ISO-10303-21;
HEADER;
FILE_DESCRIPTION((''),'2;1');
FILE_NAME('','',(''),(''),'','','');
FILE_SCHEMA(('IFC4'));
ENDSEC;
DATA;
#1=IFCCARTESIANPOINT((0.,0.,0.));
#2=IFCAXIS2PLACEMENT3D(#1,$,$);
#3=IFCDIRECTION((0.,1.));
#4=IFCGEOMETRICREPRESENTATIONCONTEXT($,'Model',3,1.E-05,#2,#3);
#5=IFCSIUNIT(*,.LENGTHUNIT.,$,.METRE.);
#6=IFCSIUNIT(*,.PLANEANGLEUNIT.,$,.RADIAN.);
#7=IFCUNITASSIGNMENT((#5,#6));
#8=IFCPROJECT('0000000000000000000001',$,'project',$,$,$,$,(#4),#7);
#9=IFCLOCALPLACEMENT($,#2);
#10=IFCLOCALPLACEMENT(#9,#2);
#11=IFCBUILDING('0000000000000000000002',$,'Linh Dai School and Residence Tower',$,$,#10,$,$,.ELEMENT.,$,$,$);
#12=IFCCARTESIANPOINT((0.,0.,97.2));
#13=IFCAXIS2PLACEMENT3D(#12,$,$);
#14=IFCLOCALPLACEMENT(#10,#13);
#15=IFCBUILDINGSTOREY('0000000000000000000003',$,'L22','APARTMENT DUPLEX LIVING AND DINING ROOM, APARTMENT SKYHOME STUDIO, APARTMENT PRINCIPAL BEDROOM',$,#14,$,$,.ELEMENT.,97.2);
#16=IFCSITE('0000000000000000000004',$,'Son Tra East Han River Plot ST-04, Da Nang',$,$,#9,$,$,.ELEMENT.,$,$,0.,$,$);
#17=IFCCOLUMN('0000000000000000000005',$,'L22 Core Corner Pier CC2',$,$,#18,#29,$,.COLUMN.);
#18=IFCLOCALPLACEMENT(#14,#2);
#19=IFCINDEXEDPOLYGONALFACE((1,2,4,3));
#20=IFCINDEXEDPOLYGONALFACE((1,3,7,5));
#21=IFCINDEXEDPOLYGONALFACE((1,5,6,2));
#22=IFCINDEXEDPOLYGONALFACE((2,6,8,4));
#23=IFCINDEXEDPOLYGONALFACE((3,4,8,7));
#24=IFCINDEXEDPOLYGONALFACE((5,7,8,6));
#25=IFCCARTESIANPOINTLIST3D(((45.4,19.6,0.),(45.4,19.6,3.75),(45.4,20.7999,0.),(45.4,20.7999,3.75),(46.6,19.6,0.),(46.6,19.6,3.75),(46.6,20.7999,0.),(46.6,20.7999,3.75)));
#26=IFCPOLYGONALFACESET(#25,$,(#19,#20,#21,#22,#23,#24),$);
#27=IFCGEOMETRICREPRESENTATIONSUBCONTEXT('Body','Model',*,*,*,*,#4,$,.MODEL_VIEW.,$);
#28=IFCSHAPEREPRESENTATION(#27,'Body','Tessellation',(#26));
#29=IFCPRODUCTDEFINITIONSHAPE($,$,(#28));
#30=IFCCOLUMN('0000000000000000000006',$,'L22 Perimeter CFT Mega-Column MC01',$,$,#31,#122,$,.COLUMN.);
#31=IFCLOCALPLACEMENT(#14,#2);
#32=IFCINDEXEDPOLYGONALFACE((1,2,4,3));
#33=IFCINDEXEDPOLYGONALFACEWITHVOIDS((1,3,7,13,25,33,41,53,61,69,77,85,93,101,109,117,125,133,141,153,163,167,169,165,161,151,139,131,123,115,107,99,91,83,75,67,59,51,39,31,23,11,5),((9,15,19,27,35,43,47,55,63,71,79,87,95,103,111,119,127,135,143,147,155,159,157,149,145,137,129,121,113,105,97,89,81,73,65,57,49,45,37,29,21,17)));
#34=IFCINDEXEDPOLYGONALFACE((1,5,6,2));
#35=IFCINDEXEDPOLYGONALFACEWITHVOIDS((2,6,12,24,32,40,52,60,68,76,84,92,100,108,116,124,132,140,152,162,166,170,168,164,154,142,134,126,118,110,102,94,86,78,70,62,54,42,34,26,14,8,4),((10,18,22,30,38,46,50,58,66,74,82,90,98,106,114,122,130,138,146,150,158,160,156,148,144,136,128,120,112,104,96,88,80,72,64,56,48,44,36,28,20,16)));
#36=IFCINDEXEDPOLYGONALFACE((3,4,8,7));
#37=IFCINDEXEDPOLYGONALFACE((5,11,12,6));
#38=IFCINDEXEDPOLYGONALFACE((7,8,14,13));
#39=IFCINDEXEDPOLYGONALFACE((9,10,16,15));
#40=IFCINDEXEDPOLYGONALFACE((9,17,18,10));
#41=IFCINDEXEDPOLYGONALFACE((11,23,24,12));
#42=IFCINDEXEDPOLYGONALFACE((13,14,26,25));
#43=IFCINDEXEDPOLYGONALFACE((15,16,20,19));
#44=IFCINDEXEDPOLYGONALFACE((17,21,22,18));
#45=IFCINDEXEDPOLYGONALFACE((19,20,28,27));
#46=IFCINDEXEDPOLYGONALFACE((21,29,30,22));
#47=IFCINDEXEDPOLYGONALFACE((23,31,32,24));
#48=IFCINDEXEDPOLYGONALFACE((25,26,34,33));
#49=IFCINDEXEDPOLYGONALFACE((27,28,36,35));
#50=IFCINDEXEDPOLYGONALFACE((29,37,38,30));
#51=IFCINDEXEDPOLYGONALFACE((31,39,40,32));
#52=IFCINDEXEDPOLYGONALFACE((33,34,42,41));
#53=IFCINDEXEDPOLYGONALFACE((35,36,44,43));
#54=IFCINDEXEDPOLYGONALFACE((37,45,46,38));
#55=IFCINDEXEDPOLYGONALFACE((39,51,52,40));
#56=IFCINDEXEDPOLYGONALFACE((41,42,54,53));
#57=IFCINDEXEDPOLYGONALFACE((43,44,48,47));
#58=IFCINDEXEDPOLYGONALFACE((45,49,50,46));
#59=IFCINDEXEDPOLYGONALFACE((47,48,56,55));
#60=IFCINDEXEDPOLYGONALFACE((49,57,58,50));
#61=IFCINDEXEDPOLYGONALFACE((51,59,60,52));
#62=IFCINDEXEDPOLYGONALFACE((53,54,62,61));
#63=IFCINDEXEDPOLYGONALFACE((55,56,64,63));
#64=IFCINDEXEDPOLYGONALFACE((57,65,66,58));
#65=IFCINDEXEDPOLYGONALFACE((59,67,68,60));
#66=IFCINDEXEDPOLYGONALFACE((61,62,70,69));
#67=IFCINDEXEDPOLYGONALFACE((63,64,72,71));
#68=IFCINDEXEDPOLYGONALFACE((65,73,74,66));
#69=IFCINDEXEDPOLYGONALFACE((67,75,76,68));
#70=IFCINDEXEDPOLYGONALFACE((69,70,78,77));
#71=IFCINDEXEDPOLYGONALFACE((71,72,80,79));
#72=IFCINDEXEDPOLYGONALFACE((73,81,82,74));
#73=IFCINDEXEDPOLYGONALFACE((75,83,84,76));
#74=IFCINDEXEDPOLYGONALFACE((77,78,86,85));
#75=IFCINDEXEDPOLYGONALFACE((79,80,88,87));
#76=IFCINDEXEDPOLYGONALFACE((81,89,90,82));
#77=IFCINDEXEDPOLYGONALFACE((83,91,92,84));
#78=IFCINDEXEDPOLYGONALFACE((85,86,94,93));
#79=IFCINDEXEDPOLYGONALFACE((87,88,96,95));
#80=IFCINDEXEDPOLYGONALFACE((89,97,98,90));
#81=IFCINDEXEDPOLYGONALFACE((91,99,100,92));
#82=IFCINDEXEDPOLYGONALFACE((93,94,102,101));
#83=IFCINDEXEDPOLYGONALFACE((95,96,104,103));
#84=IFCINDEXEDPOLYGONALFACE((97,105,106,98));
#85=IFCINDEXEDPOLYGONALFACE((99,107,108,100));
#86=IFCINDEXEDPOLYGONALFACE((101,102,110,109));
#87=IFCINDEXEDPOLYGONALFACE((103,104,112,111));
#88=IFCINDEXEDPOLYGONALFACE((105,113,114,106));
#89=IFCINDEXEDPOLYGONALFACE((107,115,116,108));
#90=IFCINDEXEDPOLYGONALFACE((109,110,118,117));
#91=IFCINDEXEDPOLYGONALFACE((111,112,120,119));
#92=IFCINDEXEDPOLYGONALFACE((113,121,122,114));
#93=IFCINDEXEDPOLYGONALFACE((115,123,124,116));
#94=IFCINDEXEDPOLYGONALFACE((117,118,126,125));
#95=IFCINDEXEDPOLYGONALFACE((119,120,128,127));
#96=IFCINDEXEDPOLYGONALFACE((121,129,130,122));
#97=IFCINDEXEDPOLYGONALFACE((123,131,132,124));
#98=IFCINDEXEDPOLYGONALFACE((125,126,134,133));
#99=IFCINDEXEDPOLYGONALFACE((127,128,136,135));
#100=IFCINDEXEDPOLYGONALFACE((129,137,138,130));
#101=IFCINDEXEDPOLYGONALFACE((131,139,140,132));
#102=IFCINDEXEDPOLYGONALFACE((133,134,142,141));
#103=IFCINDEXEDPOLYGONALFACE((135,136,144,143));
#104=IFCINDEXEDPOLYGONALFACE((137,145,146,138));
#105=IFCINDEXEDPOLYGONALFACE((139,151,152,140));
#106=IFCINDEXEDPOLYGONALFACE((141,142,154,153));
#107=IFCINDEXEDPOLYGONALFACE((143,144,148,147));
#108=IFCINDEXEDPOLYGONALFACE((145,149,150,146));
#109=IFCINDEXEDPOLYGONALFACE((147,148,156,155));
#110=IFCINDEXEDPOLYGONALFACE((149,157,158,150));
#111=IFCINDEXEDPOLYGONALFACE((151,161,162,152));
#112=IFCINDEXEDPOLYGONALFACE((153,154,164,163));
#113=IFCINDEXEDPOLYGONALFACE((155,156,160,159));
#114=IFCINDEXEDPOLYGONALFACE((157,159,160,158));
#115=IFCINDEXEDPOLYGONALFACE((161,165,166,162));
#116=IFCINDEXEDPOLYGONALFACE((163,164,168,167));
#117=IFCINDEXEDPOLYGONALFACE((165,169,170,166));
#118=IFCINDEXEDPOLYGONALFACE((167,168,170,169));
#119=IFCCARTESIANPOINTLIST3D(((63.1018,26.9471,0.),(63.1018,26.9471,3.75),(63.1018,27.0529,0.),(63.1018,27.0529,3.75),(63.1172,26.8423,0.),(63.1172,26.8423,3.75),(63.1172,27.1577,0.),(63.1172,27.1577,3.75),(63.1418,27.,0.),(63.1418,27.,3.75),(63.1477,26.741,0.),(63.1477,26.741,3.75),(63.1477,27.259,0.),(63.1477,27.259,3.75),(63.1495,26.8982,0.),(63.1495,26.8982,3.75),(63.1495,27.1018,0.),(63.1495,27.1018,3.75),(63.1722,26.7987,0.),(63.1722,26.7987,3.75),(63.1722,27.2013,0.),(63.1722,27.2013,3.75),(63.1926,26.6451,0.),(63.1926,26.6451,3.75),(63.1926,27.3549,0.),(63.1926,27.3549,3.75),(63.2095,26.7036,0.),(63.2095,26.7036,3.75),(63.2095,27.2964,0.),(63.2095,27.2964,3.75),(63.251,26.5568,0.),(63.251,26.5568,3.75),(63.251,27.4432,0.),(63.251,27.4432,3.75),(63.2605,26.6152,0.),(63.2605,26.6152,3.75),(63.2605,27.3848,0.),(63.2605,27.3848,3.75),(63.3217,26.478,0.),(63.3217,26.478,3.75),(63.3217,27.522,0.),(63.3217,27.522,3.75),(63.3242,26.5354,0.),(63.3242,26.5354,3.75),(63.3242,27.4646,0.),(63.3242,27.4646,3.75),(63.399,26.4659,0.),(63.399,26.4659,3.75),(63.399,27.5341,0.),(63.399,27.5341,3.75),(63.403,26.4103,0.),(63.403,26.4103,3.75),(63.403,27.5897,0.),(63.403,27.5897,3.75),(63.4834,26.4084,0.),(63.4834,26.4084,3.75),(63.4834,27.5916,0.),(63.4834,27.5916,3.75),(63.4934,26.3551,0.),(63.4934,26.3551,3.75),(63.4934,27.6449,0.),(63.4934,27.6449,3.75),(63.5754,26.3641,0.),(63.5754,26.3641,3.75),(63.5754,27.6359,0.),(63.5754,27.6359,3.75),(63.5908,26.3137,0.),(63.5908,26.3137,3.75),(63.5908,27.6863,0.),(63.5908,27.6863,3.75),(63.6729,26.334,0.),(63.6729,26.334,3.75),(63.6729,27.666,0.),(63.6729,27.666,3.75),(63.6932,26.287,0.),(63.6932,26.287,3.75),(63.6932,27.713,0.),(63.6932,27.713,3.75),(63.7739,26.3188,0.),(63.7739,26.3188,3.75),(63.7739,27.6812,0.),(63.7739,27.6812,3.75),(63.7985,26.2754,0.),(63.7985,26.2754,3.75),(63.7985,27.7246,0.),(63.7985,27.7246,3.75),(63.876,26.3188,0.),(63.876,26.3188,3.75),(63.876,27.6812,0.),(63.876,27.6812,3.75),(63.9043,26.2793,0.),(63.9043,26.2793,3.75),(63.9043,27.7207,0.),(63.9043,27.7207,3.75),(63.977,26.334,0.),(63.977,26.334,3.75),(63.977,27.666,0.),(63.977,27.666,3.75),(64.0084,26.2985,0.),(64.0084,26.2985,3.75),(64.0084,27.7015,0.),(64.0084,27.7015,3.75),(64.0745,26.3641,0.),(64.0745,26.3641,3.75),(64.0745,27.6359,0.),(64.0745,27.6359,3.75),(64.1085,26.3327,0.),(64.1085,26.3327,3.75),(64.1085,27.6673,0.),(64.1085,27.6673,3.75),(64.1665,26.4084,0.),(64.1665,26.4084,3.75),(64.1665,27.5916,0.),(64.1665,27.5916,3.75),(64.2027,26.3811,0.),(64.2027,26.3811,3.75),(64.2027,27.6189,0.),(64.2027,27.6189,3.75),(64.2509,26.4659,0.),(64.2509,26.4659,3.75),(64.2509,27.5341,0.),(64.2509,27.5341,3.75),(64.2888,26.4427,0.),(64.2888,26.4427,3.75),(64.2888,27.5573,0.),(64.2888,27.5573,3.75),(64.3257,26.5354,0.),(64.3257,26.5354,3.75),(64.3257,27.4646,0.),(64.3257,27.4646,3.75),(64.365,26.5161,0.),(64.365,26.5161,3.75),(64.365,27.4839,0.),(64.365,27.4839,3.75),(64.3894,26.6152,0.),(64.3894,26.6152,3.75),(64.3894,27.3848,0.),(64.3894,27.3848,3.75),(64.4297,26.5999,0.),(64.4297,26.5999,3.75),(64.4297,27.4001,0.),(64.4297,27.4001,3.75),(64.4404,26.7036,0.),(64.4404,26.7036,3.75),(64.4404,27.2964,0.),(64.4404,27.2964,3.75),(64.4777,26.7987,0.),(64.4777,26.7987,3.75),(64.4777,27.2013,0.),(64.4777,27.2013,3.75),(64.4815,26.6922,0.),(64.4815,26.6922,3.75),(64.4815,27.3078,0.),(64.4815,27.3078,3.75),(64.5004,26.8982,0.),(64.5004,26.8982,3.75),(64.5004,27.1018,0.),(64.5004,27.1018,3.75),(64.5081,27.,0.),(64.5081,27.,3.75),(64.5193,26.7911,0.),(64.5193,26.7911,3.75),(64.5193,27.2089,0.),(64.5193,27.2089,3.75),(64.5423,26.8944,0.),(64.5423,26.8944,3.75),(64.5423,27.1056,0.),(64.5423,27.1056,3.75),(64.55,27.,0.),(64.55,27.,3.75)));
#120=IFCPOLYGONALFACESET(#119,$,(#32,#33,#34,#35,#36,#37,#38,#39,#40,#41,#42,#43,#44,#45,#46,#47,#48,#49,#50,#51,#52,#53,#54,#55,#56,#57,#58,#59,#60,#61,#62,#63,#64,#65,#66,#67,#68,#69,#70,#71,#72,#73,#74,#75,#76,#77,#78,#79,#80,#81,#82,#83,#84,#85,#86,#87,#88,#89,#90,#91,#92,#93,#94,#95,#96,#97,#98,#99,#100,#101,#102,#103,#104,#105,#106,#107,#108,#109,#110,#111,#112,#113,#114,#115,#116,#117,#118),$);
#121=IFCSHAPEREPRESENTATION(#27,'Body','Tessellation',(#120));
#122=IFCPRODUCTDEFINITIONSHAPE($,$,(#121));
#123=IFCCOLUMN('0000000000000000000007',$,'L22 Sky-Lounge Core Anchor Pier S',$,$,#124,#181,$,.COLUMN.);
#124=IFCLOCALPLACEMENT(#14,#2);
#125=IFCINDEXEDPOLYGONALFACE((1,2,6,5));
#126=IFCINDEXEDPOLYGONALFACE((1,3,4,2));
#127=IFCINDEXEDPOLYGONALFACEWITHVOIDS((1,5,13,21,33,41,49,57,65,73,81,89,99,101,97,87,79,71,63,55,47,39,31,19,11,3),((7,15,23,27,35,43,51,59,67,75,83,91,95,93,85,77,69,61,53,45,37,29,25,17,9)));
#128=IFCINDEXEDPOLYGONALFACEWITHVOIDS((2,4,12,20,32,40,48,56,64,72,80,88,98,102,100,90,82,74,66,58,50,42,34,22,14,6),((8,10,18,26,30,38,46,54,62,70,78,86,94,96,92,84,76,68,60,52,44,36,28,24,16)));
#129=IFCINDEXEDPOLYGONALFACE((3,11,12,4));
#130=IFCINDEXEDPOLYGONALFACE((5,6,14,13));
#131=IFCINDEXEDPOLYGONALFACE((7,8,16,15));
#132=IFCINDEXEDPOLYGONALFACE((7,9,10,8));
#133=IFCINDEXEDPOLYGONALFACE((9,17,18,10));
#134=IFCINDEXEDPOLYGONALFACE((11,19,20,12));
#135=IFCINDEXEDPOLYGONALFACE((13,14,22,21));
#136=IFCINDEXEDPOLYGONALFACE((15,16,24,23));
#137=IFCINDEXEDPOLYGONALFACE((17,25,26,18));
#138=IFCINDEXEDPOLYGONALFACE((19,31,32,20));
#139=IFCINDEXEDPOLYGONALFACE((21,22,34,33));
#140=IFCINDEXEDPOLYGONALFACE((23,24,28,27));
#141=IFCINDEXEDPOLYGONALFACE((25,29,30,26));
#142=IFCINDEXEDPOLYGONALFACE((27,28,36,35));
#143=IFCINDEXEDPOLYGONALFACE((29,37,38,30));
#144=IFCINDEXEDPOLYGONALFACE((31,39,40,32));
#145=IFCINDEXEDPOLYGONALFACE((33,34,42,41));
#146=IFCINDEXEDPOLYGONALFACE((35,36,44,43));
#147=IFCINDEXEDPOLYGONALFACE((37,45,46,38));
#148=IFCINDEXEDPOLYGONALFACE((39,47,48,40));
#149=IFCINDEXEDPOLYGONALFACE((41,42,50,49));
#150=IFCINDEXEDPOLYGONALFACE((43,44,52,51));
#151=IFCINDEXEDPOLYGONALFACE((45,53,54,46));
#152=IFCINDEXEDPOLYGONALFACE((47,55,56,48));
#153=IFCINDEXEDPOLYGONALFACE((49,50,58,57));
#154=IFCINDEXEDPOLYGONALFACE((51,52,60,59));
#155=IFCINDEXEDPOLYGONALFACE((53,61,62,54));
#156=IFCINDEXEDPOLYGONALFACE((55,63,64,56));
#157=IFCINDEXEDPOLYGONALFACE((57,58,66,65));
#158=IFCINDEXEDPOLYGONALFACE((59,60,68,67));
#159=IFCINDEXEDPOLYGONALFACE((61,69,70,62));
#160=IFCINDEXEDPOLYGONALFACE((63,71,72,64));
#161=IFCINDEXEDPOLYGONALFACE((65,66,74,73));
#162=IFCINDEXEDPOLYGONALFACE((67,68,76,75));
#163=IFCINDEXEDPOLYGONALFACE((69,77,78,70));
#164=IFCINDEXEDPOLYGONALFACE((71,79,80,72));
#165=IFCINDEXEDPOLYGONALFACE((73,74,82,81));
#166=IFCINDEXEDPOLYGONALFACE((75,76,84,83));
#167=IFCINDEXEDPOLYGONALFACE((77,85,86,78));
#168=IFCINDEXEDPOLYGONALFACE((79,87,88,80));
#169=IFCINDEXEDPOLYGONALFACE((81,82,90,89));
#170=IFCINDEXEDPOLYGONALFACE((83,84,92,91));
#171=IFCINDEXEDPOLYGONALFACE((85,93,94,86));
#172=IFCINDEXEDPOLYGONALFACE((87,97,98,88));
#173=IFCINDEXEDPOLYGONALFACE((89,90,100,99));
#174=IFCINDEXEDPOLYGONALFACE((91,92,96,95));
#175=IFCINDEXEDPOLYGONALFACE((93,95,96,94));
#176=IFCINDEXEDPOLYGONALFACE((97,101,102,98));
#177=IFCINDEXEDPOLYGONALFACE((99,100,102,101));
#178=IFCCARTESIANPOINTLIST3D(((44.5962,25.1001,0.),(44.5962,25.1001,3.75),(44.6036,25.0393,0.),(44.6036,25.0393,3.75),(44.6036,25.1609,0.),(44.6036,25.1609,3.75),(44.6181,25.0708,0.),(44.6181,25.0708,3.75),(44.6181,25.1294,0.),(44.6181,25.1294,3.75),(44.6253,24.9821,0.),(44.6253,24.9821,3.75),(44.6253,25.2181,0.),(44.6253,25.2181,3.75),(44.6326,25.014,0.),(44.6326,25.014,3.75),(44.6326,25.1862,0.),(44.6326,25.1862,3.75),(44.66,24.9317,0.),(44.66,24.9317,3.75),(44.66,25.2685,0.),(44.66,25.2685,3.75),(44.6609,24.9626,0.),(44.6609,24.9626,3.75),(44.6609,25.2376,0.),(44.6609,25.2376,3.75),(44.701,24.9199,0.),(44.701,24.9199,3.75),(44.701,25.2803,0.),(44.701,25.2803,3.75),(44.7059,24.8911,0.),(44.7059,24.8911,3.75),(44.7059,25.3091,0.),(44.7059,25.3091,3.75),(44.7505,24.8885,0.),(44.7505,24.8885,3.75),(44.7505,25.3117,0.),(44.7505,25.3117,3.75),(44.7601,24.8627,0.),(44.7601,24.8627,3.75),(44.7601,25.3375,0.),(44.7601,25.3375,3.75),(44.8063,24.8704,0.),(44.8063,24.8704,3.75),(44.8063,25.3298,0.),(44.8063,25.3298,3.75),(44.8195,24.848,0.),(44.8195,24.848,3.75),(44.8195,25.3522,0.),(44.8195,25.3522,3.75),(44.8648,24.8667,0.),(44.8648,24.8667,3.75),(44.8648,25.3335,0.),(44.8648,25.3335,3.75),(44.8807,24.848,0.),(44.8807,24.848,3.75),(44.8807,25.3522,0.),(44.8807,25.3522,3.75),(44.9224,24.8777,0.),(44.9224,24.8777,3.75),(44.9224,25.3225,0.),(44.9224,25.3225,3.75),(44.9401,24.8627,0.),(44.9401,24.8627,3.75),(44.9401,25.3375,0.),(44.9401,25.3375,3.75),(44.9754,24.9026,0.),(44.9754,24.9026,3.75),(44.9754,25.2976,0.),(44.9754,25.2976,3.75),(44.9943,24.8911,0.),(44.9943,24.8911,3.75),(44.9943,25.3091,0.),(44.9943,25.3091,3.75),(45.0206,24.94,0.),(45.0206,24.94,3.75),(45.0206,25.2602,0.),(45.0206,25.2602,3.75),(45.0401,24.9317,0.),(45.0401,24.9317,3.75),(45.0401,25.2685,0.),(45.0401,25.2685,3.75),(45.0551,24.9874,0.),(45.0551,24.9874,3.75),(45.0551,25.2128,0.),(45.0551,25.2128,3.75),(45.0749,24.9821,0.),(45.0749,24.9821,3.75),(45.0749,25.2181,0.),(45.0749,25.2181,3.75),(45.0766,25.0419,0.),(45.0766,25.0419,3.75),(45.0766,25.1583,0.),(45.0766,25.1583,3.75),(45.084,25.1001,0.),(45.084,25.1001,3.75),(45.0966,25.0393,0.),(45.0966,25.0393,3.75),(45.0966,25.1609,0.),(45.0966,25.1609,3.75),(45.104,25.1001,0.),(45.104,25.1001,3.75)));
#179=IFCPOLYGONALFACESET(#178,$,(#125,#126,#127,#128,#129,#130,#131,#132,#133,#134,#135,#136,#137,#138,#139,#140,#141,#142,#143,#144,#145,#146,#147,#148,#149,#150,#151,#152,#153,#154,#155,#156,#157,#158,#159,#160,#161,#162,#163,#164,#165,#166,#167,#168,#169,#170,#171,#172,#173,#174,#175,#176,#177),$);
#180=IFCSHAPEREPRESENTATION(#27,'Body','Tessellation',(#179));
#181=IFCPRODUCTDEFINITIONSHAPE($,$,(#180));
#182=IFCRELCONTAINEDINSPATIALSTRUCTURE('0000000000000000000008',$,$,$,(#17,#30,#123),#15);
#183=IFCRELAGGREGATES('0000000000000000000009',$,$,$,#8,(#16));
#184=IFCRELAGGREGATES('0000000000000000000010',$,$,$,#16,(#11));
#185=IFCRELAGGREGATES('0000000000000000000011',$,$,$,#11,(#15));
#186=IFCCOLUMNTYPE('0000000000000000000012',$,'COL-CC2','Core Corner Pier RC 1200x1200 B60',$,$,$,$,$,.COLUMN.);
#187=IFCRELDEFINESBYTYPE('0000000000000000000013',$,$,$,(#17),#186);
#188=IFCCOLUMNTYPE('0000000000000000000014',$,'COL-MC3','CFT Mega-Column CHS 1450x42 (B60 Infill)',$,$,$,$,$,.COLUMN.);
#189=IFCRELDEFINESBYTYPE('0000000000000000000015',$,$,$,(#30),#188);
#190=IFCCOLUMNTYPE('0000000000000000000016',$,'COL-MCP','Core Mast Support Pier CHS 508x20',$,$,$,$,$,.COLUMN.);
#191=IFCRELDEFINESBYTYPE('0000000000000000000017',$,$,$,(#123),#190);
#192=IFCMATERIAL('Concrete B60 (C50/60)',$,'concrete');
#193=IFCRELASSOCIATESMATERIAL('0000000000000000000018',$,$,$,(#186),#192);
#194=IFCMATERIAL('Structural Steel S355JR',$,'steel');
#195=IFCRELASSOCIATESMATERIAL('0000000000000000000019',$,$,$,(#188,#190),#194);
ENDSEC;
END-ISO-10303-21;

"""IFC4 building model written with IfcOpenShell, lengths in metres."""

from ifc_helpers import new_model, si_unit, direction, frame, origin, origin_2d, place, context, subcontext, project, spatial, rectangle, hollow_circle, extrude, material, material_profile, profile_set, type_object, element, save


model = new_model("IFC4")

# Units and contexts
model_context = context("Model", 3, precision=1e-05, world=origin(), true_north=direction((0.0, 1.0)))
body_context = subcontext(model_context, "Body", "Model", "MODEL_VIEW")
ifc_project = project(units=[si_unit("LENGTHUNIT", "METRE"), si_unit("PLANEANGLEUNIT", "RADIAN")], contexts=[model_context])

# Site, building, storey
site_placement = place(None, origin())
site = spatial("IfcSite", under=ifc_project, at=site_placement, Name="Son Tra East Han River Plot ST-04, Da Nang", CompositionType="ELEMENT", RefElevation=0.0)
building_placement = place(site_placement, origin())
building = spatial("IfcBuilding", under=site, at=building_placement, Name="Linh Dai School and Residence Tower", CompositionType="ELEMENT")
storey_placement = place(building_placement, frame((0.0, 0.0, 97.2)))
storey = spatial("IfcBuildingStorey", under=building, at=storey_placement, Name="L22", Description="APARTMENT DUPLEX LIVING AND DINING ROOM, APARTMENT SKYHOME STUDIO, APARTMENT PRINCIPAL BEDROOM", CompositionType="ELEMENT", Elevation=97.2)

# Columns
ifc_material_1 = material(Name="Concrete B60 (C50/60)", Category="concrete")
ifc_material_profile_1 = material_profile(ifc_material_1, rectangle(XDim=1.2, YDim=1.2, at=origin_2d()), Name="RC 1200x1200")
ifc_profile_set_1 = profile_set([ifc_material_profile_1], Name="Concrete B60 (C50/60)")
column_type_1 = type_object("IfcColumnType", Name="COL-CC2", Description="Core Corner Pier RC 1200x1200 B60", PredefinedType="COLUMN", material=ifc_profile_set_1)
column_1_placement = place(storey_placement, frame((46.0, 20.2, 0.0), z_axis=(0.0, 0.0, 1.0), x_axis=(1.0, 0.0, 0.0)))
element("IfcColumn", 1, at=column_1_placement, inside=storey, type_object=column_type_1, Name="L22 Core Corner Pier CC2", PredefinedType="COLUMN", context=body_context, shape_type="SweptSolid", body=[
    extrude(rectangle(XDim=1.2, YDim=1.2, at=origin_2d()), origin(), (0.0, 0.0, 1.0), 3.75),
])
ifc_material_2 = material(Name="Structural Steel S355JR", Category="steel")
ifc_material_profile_2 = material_profile(ifc_material_2, hollow_circle(Radius=0.7251, WallThickness=0.042, at=origin_2d()), Name="CHS 1450x42")
ifc_profile_set_2 = profile_set([ifc_material_profile_2], Name="Structural Steel S355JR")
column_type_2 = type_object("IfcColumnType", Name="COL-MC3", Description="CFT Mega-Column CHS 1450x42 (B60 Infill)", PredefinedType="COLUMN", material=ifc_profile_set_2)
column_2_placement = place(storey_placement, frame((63.825, 27.0, 0.0), z_axis=(0.0, 0.0, 1.0), x_axis=(1.0, 0.0, 0.0)))
element("IfcColumn", 2, at=column_2_placement, inside=storey, type_object=column_type_2, Name="L22 Perimeter CFT Mega-Column MC01", PredefinedType="COLUMN", context=body_context, shape_type="SweptSolid", body=[
    extrude(hollow_circle(Radius=0.7251, WallThickness=0.042, at=origin_2d()), origin(), (0.0, 0.0, 1.0), 3.75),
])
ifc_material_profile_3 = material_profile(ifc_material_2, hollow_circle(Radius=0.2539, WallThickness=0.02, at=origin_2d()), Name="CHS 508x20")
ifc_profile_set_3 = profile_set([ifc_material_profile_3], Name="Structural Steel S355JR")
column_type_3 = type_object("IfcColumnType", Name="COL-MCP", Description="Core Mast Support Pier CHS 508x20", PredefinedType="COLUMN", material=ifc_profile_set_3)
column_3_placement = place(storey_placement, frame((44.8501, 25.1001, 0.0), z_axis=(0.0, 0.0, 1.0), x_axis=(1.0, 0.0, 0.0)))
element("IfcColumn", 3, at=column_3_placement, inside=storey, type_object=column_type_3, Name="L22 Sky-Lounge Core Anchor Pier S", PredefinedType="COLUMN", context=body_context, shape_type="SweptSolid", body=[
    extrude(hollow_circle(Radius=0.2539, WallThickness=0.02, at=origin_2d()), origin(), (0.0, 0.0, 1.0), 3.75),
])

save(model, "model.ifc")
